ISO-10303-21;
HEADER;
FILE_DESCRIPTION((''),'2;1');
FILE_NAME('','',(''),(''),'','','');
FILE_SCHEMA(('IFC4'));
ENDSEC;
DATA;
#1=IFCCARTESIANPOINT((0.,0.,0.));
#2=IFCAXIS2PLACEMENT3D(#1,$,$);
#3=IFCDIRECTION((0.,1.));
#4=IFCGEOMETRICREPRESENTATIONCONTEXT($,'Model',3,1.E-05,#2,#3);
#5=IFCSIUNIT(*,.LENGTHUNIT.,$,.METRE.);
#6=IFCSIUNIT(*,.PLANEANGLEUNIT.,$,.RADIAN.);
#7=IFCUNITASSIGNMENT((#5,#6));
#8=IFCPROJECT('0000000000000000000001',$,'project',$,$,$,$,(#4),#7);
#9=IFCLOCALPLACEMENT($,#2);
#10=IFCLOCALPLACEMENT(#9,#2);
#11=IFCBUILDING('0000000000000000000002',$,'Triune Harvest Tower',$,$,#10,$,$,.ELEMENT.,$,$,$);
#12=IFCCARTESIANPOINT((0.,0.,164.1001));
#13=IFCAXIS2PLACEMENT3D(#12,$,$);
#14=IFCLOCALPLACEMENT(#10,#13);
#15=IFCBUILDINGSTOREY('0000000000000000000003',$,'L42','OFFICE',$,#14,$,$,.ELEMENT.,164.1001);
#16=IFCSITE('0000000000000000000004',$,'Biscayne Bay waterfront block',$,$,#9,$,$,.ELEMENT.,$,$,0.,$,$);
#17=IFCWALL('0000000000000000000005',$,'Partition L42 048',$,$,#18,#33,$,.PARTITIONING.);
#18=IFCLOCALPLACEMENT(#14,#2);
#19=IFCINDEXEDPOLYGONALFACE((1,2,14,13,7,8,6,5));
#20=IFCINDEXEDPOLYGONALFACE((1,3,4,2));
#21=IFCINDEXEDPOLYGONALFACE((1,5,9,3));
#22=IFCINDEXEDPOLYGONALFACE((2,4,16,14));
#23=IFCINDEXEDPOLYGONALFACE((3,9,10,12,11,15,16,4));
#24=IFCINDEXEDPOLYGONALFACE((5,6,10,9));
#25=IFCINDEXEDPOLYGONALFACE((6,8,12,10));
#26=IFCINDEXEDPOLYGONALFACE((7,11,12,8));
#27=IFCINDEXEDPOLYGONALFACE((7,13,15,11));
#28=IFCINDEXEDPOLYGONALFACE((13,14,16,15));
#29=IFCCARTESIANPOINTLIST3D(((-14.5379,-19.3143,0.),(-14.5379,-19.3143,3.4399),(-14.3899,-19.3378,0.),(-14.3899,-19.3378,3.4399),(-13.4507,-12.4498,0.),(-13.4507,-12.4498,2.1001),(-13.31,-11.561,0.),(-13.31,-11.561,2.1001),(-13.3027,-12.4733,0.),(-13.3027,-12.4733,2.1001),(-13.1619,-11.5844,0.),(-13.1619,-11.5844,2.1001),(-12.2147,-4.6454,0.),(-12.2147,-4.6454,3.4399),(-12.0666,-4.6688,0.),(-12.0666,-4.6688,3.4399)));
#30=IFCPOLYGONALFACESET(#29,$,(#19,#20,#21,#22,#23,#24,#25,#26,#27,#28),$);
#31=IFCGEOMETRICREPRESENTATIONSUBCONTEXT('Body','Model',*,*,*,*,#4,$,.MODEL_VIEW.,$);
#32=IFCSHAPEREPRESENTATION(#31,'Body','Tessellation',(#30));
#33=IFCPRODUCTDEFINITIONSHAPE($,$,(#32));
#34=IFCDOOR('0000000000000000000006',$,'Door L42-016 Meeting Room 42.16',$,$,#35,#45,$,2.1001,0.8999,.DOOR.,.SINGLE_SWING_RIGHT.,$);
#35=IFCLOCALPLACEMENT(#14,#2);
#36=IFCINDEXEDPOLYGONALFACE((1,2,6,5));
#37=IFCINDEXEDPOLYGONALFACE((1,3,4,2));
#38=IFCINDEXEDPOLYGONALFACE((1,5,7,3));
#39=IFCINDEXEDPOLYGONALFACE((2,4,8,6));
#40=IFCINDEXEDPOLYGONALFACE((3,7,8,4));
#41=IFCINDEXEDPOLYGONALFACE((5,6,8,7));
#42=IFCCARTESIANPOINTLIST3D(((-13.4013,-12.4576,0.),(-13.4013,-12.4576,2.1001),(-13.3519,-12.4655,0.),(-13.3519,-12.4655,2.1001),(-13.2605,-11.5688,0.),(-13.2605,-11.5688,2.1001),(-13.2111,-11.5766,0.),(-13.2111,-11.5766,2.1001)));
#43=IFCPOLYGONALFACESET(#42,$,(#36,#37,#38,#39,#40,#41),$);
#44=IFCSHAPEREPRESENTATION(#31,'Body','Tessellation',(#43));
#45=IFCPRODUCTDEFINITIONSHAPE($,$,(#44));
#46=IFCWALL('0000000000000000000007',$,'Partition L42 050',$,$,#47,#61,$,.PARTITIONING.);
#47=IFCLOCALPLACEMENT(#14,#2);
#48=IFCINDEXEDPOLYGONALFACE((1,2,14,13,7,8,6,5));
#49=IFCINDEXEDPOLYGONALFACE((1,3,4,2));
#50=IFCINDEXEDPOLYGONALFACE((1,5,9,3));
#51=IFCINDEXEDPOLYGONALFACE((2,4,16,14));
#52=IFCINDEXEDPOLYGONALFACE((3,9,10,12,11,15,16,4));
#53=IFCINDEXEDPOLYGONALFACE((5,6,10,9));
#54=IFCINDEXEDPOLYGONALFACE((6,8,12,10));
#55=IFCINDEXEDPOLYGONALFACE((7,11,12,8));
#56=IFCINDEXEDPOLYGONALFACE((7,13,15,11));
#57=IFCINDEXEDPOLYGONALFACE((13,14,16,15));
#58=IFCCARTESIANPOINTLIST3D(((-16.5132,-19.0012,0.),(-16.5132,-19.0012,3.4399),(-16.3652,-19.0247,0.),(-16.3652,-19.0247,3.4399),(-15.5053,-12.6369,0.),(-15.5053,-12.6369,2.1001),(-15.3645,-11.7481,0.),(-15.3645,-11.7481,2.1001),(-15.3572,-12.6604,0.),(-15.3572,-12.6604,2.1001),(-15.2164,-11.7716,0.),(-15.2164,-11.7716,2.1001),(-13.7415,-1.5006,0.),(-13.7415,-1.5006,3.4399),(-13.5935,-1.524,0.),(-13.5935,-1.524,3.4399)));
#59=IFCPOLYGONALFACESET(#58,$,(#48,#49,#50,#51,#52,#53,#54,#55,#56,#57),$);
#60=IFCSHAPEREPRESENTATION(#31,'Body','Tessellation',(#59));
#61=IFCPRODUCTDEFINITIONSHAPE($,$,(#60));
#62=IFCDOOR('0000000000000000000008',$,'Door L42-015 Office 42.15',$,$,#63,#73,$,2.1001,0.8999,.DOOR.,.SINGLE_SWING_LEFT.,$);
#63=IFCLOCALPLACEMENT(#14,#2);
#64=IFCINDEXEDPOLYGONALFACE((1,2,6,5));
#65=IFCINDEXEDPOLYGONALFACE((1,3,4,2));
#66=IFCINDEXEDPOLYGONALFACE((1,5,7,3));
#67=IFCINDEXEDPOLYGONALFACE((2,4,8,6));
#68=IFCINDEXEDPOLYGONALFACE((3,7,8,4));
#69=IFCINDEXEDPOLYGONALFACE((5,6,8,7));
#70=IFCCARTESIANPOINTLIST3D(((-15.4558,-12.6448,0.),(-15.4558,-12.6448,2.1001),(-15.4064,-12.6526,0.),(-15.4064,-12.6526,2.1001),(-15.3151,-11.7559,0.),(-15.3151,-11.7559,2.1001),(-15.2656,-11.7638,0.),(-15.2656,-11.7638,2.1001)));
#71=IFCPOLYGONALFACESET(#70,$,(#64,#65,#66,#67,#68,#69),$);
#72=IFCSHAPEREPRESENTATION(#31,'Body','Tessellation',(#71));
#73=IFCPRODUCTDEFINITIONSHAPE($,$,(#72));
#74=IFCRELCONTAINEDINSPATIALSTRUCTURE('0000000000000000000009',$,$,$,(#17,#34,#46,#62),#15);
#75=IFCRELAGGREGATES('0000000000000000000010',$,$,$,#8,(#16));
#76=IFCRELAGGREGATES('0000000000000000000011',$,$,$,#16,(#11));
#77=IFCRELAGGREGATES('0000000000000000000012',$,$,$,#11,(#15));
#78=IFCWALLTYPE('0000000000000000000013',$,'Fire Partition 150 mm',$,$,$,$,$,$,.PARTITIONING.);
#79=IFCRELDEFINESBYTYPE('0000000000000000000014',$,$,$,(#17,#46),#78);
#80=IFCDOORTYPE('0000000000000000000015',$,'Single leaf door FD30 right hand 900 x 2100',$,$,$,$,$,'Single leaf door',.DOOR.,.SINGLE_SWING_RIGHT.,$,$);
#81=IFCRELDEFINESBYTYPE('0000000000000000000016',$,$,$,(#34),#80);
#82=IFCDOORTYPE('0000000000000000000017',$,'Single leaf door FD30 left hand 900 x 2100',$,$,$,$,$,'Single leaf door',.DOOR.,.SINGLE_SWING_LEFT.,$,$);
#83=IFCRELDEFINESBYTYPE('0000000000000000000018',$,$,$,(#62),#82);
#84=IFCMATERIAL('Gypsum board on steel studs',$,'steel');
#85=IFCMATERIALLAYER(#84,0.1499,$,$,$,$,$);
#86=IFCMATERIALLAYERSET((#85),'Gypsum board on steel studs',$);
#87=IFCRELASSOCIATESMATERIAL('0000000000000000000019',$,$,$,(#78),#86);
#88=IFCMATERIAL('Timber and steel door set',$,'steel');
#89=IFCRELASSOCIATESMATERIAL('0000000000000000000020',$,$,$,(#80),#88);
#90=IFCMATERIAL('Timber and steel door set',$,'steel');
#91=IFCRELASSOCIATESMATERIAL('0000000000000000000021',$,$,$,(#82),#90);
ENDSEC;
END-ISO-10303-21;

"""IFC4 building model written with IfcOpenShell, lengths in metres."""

from ifc_helpers import new_model, si_unit, direction, frame, frame_2d, origin, place, context, subcontext, project, spatial, rectangle, extrude, source, transform, mapped, material, layer, layer_set, type_object, element, fill, save


model = new_model("IFC4")

# Units and contexts
model_context = context("Model", 3, precision=1e-05, world=origin(), true_north=direction((0.0, 1.0)))
body_context = subcontext(model_context, "Body", "Model", "MODEL_VIEW")
ifc_project = project(units=[si_unit("LENGTHUNIT", "METRE"), si_unit("PLANEANGLEUNIT", "RADIAN")], contexts=[model_context])

# Site, building, storey
site_placement = place(None, origin())
site = spatial("IfcSite", under=ifc_project, at=site_placement, Name="Biscayne Bay waterfront block", CompositionType="ELEMENT", RefElevation=0.0)
building_placement = place(site_placement, origin())
building = spatial("IfcBuilding", under=site, at=building_placement, Name="Triune Harvest Tower", CompositionType="ELEMENT")
storey_placement = place(building_placement, frame((0.0, 0.0, 164.1001)))
storey = spatial("IfcBuildingStorey", under=building, at=storey_placement, Name="L42", Description="OFFICE", CompositionType="ELEMENT", Elevation=164.1001)

# Walls, openings, doors
ifc_material_1 = material(Name="Gypsum board on steel studs", Category="steel")
ifc_layer_1 = layer(ifc_material_1, 0.1499)
ifc_layer_set_1 = layer_set([ifc_layer_1], Name="Gypsum board on steel studs")
wall_type_1 = type_object("IfcWallType", Name="Fire Partition 150 mm", PredefinedType="PARTITIONING", material=ifc_layer_set_1)
shared_shape_1 = source(origin(), body_context, "Body", "SweptSolid", [
    extrude(rectangle(XDim=14.8518, YDim=0.1499, at=frame_2d((7.4258, 0.0))), origin(), (0.0, 0.0, 1.0), 3.4399),
])
wall_1_placement = place(storey_placement, frame((-14.4639, -19.3259, 0.0), z_axis=(0.0, 0.0, 1.0), x_axis=(0.156429, 0.987689, 0.0)))
wall_1 = element("IfcWall", 1, at=wall_1_placement, inside=storey, type_object=wall_type_1, Name="Partition L42 048", PredefinedType="PARTITIONING", context=body_context, shape_type="MappedRepresentation", body=[
    mapped(shared_shape_1, transform((0.0, 0.0, 0.0), scale=1.0)),
])
opening_1_placement = place(wall_1_placement, frame((6.95, 0.0, 0.0)))
opening_1 = element("IfcOpeningElement", 2, at=opening_1_placement, cuts=wall_1, PredefinedType="OPENING", context=body_context, shape_type="SweptSolid", body=[
    extrude(rectangle(XDim=0.8999, YDim=2.1001, at=frame_2d((0.45, 1.05))), frame((0.0, 0.085, 0.0), z_axis=(0.0, -1.0, 0.0), x_axis=(1.0, 0.0, 0.0)), (0.0, 0.0, 1.0), 0.1699),
])
ifc_material_2 = material(Name="Timber and steel door set", Category="steel")
door_type_1 = type_object("IfcDoorType", Name="Single leaf door FD30 right hand 900 x 2100", ElementType="Single leaf door", OperationType="SINGLE_SWING_RIGHT", PredefinedType="DOOR", material=ifc_material_2)
door_1_placement = place(opening_1_placement, origin())
door_1 = element("IfcDoor", 3, at=door_1_placement, inside=storey, type_object=door_type_1, Name="Door L42-016 Meeting Room 42.16", OperationType="SINGLE_SWING_RIGHT", OverallHeight=2.1001, OverallWidth=0.8999, PredefinedType="DOOR", context=body_context, shape_type="SweptSolid", body=[
    extrude(rectangle(XDim=0.8999, YDim=2.1001, at=frame_2d((0.45, 1.05))), frame((0.0, 0.0249, 0.0), z_axis=(0.0, -1.0, 0.0), x_axis=(1.0, 0.0, 0.0)), (0.0, 0.0, 1.0), 0.05),
])
fill(opening_1, door_1)
shared_shape_2 = source(origin(), body_context, "Body", "SweptSolid", [
    extrude(rectangle(XDim=17.7188, YDim=0.1499, at=frame_2d((8.8594, 0.0))), origin(), (0.0, 0.0, 1.0), 3.4399),
])
wall_2_placement = place(storey_placement, frame((-16.4392, -19.0129, 0.0), z_axis=(0.0, 0.0, 1.0), x_axis=(0.156428, 0.987689, 0.0)))
wall_2 = element("IfcWall", 4, at=wall_2_placement, inside=storey, type_object=wall_type_1, Name="Partition L42 050", PredefinedType="PARTITIONING", context=body_context, shape_type="MappedRepresentation", body=[
    mapped(shared_shape_2, transform((0.0, 0.0, 0.0), scale=1.0)),
])
opening_2_placement = place(wall_2_placement, frame((6.4436, 0.0, 0.0)))
opening_2 = element("IfcOpeningElement", 5, at=opening_2_placement, cuts=wall_2, PredefinedType="OPENING", context=body_context, shape_type="SweptSolid", body=[
    extrude(rectangle(XDim=0.8999, YDim=2.1001, at=frame_2d((0.45, 1.05))), frame((0.0, 0.085, 0.0), z_axis=(0.0, -1.0, 0.0), x_axis=(1.0, 0.0, 0.0)), (0.0, 0.0, 1.0), 0.1699),
])
ifc_material_3 = material(Name="Timber and steel door set", Category="steel")
door_type_2 = type_object("IfcDoorType", Name="Single leaf door FD30 left hand 900 x 2100", ElementType="Single leaf door", OperationType="SINGLE_SWING_LEFT", PredefinedType="DOOR", material=ifc_material_3)
door_2_placement = place(opening_2_placement, origin())
door_2 = element("IfcDoor", 6, at=door_2_placement, inside=storey, type_object=door_type_2, Name="Door L42-015 Office 42.15", OperationType="SINGLE_SWING_LEFT", OverallHeight=2.1001, OverallWidth=0.8999, PredefinedType="DOOR", context=body_context, shape_type="SweptSolid", body=[
    extrude(rectangle(XDim=0.8999, YDim=2.1001, at=frame_2d((0.45, 1.05))), frame((0.0, 0.0249, 0.0), z_axis=(0.0, -1.0, 0.0), x_axis=(1.0, 0.0, 0.0)), (0.0, 0.0, 1.0), 0.05),
])
fill(opening_2, door_2)

save(model, "model.ifc")
